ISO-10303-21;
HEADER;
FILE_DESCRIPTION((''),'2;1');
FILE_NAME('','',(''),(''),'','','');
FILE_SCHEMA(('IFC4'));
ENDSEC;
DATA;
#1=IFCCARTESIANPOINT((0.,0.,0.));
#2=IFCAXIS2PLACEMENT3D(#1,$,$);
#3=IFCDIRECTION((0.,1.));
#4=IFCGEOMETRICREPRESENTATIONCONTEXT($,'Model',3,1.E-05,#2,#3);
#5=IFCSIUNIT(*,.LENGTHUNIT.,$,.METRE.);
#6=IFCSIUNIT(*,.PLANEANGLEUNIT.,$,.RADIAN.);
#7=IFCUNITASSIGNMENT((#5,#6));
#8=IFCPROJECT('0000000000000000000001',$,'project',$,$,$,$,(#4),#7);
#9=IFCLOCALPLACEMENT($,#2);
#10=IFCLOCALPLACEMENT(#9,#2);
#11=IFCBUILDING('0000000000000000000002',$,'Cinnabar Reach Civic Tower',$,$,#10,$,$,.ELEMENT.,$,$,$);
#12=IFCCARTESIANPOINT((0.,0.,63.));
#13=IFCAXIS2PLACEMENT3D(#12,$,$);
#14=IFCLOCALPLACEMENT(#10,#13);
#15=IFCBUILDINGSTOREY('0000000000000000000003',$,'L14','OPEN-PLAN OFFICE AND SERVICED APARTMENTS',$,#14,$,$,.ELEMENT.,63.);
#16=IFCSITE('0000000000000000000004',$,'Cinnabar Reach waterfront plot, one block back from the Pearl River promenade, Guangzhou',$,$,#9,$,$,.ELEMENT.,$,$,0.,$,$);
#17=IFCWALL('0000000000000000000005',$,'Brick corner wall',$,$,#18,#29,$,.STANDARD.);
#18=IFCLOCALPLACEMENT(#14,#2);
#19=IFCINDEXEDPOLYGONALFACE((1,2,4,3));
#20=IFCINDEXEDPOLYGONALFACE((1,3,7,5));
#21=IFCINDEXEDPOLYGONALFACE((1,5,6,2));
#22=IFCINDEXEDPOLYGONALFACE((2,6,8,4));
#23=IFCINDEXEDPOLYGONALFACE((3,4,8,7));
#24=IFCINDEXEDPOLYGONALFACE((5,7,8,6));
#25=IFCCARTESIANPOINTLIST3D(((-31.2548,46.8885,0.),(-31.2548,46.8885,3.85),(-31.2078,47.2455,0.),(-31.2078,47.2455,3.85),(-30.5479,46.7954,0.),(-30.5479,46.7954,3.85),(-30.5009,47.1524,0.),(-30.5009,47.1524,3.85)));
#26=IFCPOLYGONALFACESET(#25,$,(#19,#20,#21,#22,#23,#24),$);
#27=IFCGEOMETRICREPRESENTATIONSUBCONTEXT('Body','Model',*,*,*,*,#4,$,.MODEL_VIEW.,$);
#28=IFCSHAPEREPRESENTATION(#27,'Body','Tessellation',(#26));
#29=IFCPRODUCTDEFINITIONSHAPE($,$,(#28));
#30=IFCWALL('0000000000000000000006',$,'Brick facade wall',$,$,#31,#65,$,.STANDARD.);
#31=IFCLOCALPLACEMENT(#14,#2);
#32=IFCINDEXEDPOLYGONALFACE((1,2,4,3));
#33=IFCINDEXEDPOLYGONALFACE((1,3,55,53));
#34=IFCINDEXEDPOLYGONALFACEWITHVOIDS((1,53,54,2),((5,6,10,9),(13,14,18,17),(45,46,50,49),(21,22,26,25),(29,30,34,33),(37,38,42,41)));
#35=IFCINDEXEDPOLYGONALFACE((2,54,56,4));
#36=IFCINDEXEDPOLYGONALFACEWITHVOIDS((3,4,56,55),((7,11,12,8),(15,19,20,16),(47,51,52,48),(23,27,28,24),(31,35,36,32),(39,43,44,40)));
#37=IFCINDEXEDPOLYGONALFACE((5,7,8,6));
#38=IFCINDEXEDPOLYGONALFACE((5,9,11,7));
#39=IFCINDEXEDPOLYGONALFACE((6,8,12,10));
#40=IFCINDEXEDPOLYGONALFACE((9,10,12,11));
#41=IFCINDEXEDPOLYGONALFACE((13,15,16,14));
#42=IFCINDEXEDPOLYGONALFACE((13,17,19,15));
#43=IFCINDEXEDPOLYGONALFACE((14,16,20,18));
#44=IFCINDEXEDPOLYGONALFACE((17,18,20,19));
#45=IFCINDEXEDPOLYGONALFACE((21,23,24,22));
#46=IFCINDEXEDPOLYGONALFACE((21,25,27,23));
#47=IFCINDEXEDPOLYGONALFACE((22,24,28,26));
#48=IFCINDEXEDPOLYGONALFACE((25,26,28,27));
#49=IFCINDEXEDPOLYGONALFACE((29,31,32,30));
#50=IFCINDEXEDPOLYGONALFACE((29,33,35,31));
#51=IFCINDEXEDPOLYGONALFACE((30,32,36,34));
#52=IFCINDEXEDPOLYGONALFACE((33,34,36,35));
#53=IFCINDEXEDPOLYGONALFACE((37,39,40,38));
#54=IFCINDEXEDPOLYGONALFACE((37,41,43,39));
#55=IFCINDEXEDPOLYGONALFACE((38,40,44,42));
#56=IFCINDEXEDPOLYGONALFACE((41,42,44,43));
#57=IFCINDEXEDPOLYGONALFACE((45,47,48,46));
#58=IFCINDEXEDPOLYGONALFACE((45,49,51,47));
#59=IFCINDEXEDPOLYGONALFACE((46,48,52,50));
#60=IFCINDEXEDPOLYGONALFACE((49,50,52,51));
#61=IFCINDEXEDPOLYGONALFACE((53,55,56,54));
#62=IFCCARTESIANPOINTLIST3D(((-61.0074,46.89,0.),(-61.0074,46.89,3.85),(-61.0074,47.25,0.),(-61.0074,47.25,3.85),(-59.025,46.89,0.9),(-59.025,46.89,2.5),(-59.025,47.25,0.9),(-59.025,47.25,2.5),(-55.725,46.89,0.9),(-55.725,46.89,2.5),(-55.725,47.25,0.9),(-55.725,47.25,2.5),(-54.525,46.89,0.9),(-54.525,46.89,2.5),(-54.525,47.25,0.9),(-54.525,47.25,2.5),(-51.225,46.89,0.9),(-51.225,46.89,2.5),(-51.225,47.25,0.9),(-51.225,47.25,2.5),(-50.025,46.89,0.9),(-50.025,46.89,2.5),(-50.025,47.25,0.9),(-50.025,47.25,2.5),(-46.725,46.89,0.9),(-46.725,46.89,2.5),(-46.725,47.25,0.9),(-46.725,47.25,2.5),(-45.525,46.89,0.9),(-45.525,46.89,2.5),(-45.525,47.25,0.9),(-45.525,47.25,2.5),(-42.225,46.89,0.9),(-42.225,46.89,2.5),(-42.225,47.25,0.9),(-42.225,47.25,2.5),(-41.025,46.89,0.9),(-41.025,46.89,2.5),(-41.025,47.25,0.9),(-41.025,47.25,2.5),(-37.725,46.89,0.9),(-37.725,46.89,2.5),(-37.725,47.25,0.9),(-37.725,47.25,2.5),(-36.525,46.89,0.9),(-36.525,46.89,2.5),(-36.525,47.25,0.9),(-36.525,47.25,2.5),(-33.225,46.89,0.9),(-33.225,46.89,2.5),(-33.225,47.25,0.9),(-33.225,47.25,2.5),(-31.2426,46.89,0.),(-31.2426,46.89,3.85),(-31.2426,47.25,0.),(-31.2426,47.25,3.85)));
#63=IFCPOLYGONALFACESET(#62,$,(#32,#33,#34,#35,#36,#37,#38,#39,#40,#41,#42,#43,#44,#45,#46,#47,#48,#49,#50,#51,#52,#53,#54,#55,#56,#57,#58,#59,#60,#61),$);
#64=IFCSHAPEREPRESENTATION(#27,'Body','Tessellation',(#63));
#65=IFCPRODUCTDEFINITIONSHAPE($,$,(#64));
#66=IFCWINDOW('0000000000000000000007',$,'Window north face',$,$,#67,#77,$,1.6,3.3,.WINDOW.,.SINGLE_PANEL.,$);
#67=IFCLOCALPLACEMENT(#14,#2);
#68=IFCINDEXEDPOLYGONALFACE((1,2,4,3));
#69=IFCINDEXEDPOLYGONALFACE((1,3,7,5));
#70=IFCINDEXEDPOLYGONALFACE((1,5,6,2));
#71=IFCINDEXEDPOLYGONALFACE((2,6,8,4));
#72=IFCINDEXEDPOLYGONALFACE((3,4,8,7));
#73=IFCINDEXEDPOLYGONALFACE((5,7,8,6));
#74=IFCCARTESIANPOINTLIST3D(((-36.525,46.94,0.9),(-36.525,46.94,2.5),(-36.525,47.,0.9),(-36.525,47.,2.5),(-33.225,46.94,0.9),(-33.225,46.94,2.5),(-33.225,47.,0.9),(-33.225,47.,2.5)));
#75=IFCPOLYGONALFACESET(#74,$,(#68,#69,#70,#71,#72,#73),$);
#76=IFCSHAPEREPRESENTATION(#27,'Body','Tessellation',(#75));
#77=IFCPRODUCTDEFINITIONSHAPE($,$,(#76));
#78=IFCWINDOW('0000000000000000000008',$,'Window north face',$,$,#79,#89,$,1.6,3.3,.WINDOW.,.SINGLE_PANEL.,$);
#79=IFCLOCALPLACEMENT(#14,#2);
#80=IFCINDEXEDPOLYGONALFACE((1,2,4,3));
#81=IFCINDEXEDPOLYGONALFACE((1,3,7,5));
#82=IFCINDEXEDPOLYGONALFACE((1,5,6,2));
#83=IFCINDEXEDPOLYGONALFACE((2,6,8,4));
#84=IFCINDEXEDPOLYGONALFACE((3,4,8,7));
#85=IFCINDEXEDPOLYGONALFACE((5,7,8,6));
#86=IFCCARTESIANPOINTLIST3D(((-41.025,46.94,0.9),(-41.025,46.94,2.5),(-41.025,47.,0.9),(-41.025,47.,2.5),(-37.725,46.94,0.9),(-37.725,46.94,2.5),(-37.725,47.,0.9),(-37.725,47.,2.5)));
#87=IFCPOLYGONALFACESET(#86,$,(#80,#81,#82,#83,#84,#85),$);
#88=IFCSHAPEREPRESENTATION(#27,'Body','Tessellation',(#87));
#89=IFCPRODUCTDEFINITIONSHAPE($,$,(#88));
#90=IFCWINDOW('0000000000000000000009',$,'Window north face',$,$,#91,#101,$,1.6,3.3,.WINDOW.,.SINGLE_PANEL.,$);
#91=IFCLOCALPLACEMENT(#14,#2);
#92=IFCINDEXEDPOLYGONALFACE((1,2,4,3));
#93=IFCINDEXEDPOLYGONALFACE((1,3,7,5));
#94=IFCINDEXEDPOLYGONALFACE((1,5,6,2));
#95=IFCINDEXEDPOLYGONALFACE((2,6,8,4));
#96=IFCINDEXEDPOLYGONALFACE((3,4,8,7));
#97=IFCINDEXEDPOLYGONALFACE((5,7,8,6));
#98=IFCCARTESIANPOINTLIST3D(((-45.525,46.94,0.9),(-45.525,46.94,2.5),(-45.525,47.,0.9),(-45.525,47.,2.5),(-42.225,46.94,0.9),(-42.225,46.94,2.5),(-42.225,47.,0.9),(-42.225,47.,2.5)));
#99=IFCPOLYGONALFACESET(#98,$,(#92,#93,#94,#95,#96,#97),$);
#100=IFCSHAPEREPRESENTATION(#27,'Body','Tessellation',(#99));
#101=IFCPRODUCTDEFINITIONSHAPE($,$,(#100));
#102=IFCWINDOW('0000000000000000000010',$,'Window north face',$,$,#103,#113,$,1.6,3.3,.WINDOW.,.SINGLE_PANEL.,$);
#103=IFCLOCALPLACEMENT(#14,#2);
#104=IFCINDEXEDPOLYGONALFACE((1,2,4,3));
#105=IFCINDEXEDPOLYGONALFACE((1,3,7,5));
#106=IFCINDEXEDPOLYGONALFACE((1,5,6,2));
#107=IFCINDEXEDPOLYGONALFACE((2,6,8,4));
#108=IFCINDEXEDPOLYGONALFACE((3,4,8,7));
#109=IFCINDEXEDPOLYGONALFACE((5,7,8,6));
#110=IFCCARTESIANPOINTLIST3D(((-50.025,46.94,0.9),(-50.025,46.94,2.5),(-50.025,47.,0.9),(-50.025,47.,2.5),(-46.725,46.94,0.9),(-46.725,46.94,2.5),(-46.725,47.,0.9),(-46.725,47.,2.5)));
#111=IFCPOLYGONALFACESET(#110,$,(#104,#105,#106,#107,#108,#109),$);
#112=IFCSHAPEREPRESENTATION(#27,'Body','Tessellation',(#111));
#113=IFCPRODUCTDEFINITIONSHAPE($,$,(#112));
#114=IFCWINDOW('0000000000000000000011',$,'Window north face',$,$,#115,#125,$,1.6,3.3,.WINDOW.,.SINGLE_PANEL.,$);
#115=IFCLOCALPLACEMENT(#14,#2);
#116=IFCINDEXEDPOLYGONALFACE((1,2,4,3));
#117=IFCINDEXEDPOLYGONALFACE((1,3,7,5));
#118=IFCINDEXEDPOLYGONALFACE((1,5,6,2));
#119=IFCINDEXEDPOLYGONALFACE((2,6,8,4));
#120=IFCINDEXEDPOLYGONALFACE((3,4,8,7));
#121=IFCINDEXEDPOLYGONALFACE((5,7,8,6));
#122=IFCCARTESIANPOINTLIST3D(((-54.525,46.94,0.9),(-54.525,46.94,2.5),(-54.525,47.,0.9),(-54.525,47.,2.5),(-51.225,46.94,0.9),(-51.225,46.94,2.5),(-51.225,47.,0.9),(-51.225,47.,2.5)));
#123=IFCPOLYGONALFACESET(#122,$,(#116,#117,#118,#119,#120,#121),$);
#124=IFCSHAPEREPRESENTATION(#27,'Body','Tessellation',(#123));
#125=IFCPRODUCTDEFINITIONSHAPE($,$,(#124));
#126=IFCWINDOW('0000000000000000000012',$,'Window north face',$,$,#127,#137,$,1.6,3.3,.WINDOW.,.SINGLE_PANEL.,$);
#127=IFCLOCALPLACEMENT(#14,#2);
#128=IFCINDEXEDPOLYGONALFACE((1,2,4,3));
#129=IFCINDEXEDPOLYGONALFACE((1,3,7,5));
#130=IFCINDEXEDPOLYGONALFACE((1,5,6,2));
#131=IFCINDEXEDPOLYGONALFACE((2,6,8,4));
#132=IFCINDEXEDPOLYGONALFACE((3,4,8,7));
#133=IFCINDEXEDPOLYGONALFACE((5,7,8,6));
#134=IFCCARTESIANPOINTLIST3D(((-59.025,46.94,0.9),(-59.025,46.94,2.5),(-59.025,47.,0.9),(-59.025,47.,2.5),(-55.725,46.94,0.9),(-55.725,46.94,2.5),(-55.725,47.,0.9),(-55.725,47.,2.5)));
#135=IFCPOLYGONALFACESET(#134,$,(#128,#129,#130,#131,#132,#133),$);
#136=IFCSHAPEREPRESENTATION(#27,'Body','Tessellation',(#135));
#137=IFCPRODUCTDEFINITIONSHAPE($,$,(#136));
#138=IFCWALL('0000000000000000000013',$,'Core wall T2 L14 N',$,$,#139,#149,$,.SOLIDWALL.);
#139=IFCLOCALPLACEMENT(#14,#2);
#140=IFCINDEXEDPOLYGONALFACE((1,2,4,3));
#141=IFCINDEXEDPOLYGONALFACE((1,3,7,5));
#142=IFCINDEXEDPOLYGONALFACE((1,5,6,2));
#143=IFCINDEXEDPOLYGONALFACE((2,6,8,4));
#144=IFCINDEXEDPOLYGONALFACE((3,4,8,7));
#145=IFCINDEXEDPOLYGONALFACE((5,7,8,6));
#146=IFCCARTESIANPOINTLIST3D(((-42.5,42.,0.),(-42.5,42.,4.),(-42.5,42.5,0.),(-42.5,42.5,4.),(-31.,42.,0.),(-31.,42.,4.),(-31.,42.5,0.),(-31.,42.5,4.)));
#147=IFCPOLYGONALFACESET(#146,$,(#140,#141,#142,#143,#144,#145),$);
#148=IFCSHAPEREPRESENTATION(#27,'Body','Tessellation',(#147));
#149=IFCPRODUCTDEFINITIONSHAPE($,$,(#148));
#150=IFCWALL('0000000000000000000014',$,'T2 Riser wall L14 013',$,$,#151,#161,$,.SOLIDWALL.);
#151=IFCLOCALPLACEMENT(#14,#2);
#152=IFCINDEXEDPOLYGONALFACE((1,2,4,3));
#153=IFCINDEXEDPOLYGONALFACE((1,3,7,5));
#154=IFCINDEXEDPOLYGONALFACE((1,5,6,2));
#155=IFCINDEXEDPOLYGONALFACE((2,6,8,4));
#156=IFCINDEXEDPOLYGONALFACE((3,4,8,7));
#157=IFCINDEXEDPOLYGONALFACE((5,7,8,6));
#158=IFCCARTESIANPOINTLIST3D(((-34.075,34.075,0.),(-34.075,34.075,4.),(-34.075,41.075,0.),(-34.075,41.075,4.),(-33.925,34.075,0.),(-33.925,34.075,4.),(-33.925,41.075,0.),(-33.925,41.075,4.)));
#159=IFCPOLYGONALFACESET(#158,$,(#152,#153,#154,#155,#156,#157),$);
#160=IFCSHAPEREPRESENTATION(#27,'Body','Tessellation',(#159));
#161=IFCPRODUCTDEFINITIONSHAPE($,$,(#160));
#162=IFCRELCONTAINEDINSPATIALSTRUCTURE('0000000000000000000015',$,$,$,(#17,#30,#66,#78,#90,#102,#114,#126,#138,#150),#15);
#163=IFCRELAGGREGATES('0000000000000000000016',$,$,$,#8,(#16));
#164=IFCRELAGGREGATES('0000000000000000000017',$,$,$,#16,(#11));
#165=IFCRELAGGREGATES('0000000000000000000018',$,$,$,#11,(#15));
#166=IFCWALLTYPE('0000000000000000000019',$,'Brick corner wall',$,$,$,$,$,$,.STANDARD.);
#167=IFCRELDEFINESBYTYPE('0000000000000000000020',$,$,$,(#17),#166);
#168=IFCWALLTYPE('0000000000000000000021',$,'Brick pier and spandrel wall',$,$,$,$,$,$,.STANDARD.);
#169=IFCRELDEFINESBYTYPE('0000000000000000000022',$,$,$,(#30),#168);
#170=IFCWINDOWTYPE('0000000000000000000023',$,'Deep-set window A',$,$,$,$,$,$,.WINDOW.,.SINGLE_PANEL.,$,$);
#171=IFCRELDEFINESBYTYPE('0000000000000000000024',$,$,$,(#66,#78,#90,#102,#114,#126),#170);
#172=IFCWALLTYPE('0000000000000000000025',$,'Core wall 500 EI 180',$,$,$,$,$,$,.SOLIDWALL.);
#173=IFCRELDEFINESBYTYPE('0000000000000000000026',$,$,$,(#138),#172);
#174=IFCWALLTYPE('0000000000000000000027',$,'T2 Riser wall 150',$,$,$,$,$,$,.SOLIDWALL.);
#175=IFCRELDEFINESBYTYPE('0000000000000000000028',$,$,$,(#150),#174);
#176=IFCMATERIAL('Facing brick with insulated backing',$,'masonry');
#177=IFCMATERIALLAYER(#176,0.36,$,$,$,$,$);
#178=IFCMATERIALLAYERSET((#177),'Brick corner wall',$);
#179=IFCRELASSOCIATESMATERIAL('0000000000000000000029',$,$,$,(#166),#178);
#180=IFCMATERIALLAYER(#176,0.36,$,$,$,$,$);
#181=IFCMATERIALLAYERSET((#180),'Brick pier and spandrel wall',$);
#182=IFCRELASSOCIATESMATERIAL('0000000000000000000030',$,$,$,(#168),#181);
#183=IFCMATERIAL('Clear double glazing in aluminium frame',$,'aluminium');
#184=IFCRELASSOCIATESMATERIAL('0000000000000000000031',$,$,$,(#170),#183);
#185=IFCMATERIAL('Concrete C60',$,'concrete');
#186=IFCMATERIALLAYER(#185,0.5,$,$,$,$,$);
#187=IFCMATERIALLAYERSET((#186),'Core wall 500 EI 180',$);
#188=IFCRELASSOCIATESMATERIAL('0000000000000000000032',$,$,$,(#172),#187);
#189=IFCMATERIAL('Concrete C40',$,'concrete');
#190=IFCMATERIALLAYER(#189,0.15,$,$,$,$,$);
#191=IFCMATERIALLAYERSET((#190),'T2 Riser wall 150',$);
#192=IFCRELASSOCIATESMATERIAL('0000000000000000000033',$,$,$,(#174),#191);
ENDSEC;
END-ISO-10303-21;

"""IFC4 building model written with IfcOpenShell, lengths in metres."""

from ifc_helpers import new_model, si_unit, direction, frame, frame_2d, origin, place, context, subcontext, project, spatial, rectangle, extrude, material, layer, layer_set, type_object, element, fill, save


model = new_model("IFC4")

# Units and contexts
model_context = context("Model", 3, precision=1e-05, world=origin(), true_north=direction((0.0, 1.0)))
body_context = subcontext(model_context, "Body", "Model", "MODEL_VIEW")
ifc_project = project(units=[si_unit("LENGTHUNIT", "METRE"), si_unit("PLANEANGLEUNIT", "RADIAN")], contexts=[model_context])

# Site, building, storey
site_placement = place(None, origin())
site = spatial("IfcSite", under=ifc_project, at=site_placement, Name="Cinnabar Reach waterfront plot, one block back from the Pearl River promenade, Guangzhou", CompositionType="ELEMENT", RefElevation=0.0)
building_placement = place(site_placement, origin())
building = spatial("IfcBuilding", under=site, at=building_placement, Name="Cinnabar Reach Civic Tower", CompositionType="ELEMENT")
storey_placement = place(building_placement, frame((0.0, 0.0, 63.0)))
storey = spatial("IfcBuildingStorey", under=building, at=storey_placement, Name="L14", Description="OPEN-PLAN OFFICE AND SERVICED APARTMENTS", CompositionType="ELEMENT", Elevation=63.0)

# Shared definitions
ifc_material_1 = material(Name="Concrete C60", Category="concrete")

# Wall
ifc_material_2 = material(Name="Facing brick with insulated backing", Category="masonry")
ifc_layer_1 = layer(ifc_material_2, 0.36)
ifc_layer_set_1 = layer_set([ifc_layer_1], Name="Brick corner wall")
wall_type_1 = type_object("IfcWallType", Name="Brick corner wall", PredefinedType="STANDARD", material=ifc_layer_set_1)
for number, where, z_axis, x_axis, name in (
    (1, (-30.5244, 46.9739, 0.0), (0.0, 0.0, 1.0), (-0.991441, 0.130556, 0.0), "Brick corner wall"),
):
    element("IfcWall", number, at=place(storey_placement, frame(where, z_axis=z_axis, x_axis=x_axis)), inside=storey, type_object=wall_type_1, Name=name, PredefinedType="STANDARD", context=body_context, shape_type="SweptSolid", body=[
        extrude(rectangle(XDim=0.7131, YDim=0.36, at=frame_2d((0.3565, 0.0))), origin(), (0.0, 0.0, 1.0), 3.85),
    ])

# Wall, openings, windows
ifc_layer_2 = layer(ifc_material_2, 0.36)
ifc_layer_set_2 = layer_set([ifc_layer_2], Name="Brick pier and spandrel wall")
wall_type_2 = type_object("IfcWallType", Name="Brick pier and spandrel wall", PredefinedType="STANDARD", material=ifc_layer_set_2)
wall_1_placement = place(storey_placement, frame((-31.2426, 47.07, 0.0), z_axis=(0.0, 0.0, 1.0), x_axis=(-1.0, 0.0, 0.0)))
wall_1 = element("IfcWall", 2, at=wall_1_placement, inside=storey, type_object=wall_type_2, Name="Brick facade wall", PredefinedType="STANDARD", context=body_context, shape_type="SweptSolid", body=[
    extrude(rectangle(XDim=29.7648, YDim=0.36, at=frame_2d((14.8824, 0.0))), origin(), (0.0, 0.0, 1.0), 3.85),
])
opening_1_placement = place(wall_1_placement, frame((1.9824, 0.0, 0.9)))
opening_1 = element("IfcOpeningElement", 3, at=opening_1_placement, cuts=wall_1, PredefinedType="OPENING", context=body_context, shape_type="SweptSolid", body=[
    extrude(rectangle(XDim=3.3, YDim=1.6, at=frame_2d((1.65, 0.8))), frame((0.0, 0.19, 0.0), z_axis=(0.0, -1.0, 0.0), x_axis=(1.0, 0.0, 0.0)), (0.0, 0.0, 1.0), 0.38),
])
opening_2_placement = place(wall_1_placement, frame((6.4824, 0.0, 0.9)))
opening_2 = element("IfcOpeningElement", 4, at=opening_2_placement, cuts=wall_1, PredefinedType="OPENING", context=body_context, shape_type="SweptSolid", body=[
    extrude(rectangle(XDim=3.3, YDim=1.6, at=frame_2d((1.65, 0.8))), frame((0.0, 0.19, 0.0), z_axis=(0.0, -1.0, 0.0), x_axis=(1.0, 0.0, 0.0)), (0.0, 0.0, 1.0), 0.38),
])
opening_3_placement = place(wall_1_placement, frame((10.9824, 0.0, 0.9)))
opening_3 = element("IfcOpeningElement", 5, at=opening_3_placement, cuts=wall_1, PredefinedType="OPENING", context=body_context, shape_type="SweptSolid", body=[
    extrude(rectangle(XDim=3.3, YDim=1.6, at=frame_2d((1.65, 0.8))), frame((0.0, 0.19, 0.0), z_axis=(0.0, -1.0, 0.0), x_axis=(1.0, 0.0, 0.0)), (0.0, 0.0, 1.0), 0.38),
])
opening_4_placement = place(wall_1_placement, frame((15.4824, 0.0, 0.9)))
opening_4 = element("IfcOpeningElement", 6, at=opening_4_placement, cuts=wall_1, PredefinedType="OPENING", context=body_context, shape_type="SweptSolid", body=[
    extrude(rectangle(XDim=3.3, YDim=1.6, at=frame_2d((1.65, 0.8))), frame((0.0, 0.19, 0.0), z_axis=(0.0, -1.0, 0.0), x_axis=(1.0, 0.0, 0.0)), (0.0, 0.0, 1.0), 0.38),
])
opening_5_placement = place(wall_1_placement, frame((19.9824, 0.0, 0.9)))
opening_5 = element("IfcOpeningElement", 7, at=opening_5_placement, cuts=wall_1, PredefinedType="OPENING", context=body_context, shape_type="SweptSolid", body=[
    extrude(rectangle(XDim=3.3, YDim=1.6, at=frame_2d((1.65, 0.8))), frame((0.0, 0.19, 0.0), z_axis=(0.0, -1.0, 0.0), x_axis=(1.0, 0.0, 0.0)), (0.0, 0.0, 1.0), 0.38),
])
opening_6_placement = place(wall_1_placement, frame((24.4824, 0.0, 0.9)))
opening_6 = element("IfcOpeningElement", 8, at=opening_6_placement, cuts=wall_1, PredefinedType="OPENING", context=body_context, shape_type="SweptSolid", body=[
    extrude(rectangle(XDim=3.3, YDim=1.6, at=frame_2d((1.65, 0.8))), frame((0.0, 0.19, 0.0), z_axis=(0.0, -1.0, 0.0), x_axis=(1.0, 0.0, 0.0)), (0.0, 0.0, 1.0), 0.38),
])
ifc_material_3 = material(Name="Clear double glazing in aluminium frame", Category="aluminium")
window_type = type_object("IfcWindowType", Name="Deep-set window A", PartitioningType="SINGLE_PANEL", PredefinedType="WINDOW", material=ifc_material_3)
window_1_placement = place(opening_1_placement, origin())
window_1 = element("IfcWindow", 9, at=window_1_placement, inside=storey, type_object=window_type, Name="Window north face", OverallHeight=1.6, OverallWidth=3.3, PartitioningType="SINGLE_PANEL", PredefinedType="WINDOW", context=body_context, shape_type="SweptSolid", body=[
    extrude(rectangle(XDim=3.3, YDim=1.6, at=frame_2d((1.65, 0.8))), frame((0.0, 0.13, 0.0), z_axis=(0.0, -1.0, 0.0), x_axis=(1.0, 0.0, 0.0)), (0.0, 0.0, 1.0), 0.06),
])
fill(opening_1, window_1)
window_2_placement = place(opening_2_placement, origin())
window_2 = element("IfcWindow", 10, at=window_2_placement, inside=storey, type_object=window_type, Name="Window north face", OverallHeight=1.6, OverallWidth=3.3, PartitioningType="SINGLE_PANEL", PredefinedType="WINDOW", context=body_context, shape_type="SweptSolid", body=[
    extrude(rectangle(XDim=3.3, YDim=1.6, at=frame_2d((1.65, 0.8))), frame((0.0, 0.13, 0.0), z_axis=(0.0, -1.0, 0.0), x_axis=(1.0, 0.0, 0.0)), (0.0, 0.0, 1.0), 0.06),
])
fill(opening_2, window_2)
window_3_placement = place(opening_3_placement, origin())
window_3 = element("IfcWindow", 11, at=window_3_placement, inside=storey, type_object=window_type, Name="Window north face", OverallHeight=1.6, OverallWidth=3.3, PartitioningType="SINGLE_PANEL", PredefinedType="WINDOW", context=body_context, shape_type="SweptSolid", body=[
    extrude(rectangle(XDim=3.3, YDim=1.6, at=frame_2d((1.65, 0.8))), frame((0.0, 0.13, 0.0), z_axis=(0.0, -1.0, 0.0), x_axis=(1.0, 0.0, 0.0)), (0.0, 0.0, 1.0), 0.06),
])
fill(opening_3, window_3)
window_4_placement = place(opening_4_placement, origin())
window_4 = element("IfcWindow", 12, at=window_4_placement, inside=storey, type_object=window_type, Name="Window north face", OverallHeight=1.6, OverallWidth=3.3, PartitioningType="SINGLE_PANEL", PredefinedType="WINDOW", context=body_context, shape_type="SweptSolid", body=[
    extrude(rectangle(XDim=3.3, YDim=1.6, at=frame_2d((1.65, 0.8))), frame((0.0, 0.13, 0.0), z_axis=(0.0, -1.0, 0.0), x_axis=(1.0, 0.0, 0.0)), (0.0, 0.0, 1.0), 0.06),
])
fill(opening_4, window_4)
window_5_placement = place(opening_5_placement, origin())
window_5 = element("IfcWindow", 13, at=window_5_placement, inside=storey, type_object=window_type, Name="Window north face", OverallHeight=1.6, OverallWidth=3.3, PartitioningType="SINGLE_PANEL", PredefinedType="WINDOW", context=body_context, shape_type="SweptSolid", body=[
    extrude(rectangle(XDim=3.3, YDim=1.6, at=frame_2d((1.65, 0.8))), frame((0.0, 0.13, 0.0), z_axis=(0.0, -1.0, 0.0), x_axis=(1.0, 0.0, 0.0)), (0.0, 0.0, 1.0), 0.06),
])
fill(opening_5, window_5)
window_6_placement = place(opening_6_placement, origin())
window_6 = element("IfcWindow", 14, at=window_6_placement, inside=storey, type_object=window_type, Name="Window north face", OverallHeight=1.6, OverallWidth=3.3, PartitioningType="SINGLE_PANEL", PredefinedType="WINDOW", context=body_context, shape_type="SweptSolid", body=[
    extrude(rectangle(XDim=3.3, YDim=1.6, at=frame_2d((1.65, 0.8))), frame((0.0, 0.13, 0.0), z_axis=(0.0, -1.0, 0.0), x_axis=(1.0, 0.0, 0.0)), (0.0, 0.0, 1.0), 0.06),
])
fill(opening_6, window_6)

# Walls
ifc_layer_3 = layer(ifc_material_1, 0.5)
ifc_layer_set_3 = layer_set([ifc_layer_3], Name="Core wall 500 EI 180")
wall_type_3 = type_object("IfcWallType", Name="Core wall 500 EI 180", PredefinedType="SOLIDWALL", material=ifc_layer_set_3)
wall_2_placement = place(storey_placement, frame((-31.0, 42.25, 0.0), z_axis=(0.0, 0.0, 1.0), x_axis=(-1.0, 0.0, 0.0)))
element("IfcWall", 15, at=wall_2_placement, inside=storey, type_object=wall_type_3, Name="Core wall T2 L14 N", PredefinedType="SOLIDWALL", context=body_context, shape_type="SweptSolid", body=[
    extrude(rectangle(XDim=11.5, YDim=0.5, at=frame_2d((5.75, 0.0))), origin(), (0.0, 0.0, 1.0), 4.0),
])
ifc_material_4 = material(Name="Concrete C40", Category="concrete")
ifc_layer_4 = layer(ifc_material_4, 0.15)
ifc_layer_set_4 = layer_set([ifc_layer_4], Name="T2 Riser wall 150")
wall_type_4 = type_object("IfcWallType", Name="T2 Riser wall 150", PredefinedType="SOLIDWALL", material=ifc_layer_set_4)
wall_3_placement = place(storey_placement, frame((-34.0, 41.075, 0.0), z_axis=(0.0, 0.0, 1.0), x_axis=(0.0, -1.0, 0.0)))
element("IfcWall", 16, at=wall_3_placement, inside=storey, type_object=wall_type_4, Name="T2 Riser wall L14 013", PredefinedType="SOLIDWALL", context=body_context, shape_type="SweptSolid", body=[
    extrude(rectangle(XDim=7.0, YDim=0.15, at=frame_2d((3.5, 0.0))), origin(), (0.0, 0.0, 1.0), 4.0),
])

save(model, "model.ifc")
